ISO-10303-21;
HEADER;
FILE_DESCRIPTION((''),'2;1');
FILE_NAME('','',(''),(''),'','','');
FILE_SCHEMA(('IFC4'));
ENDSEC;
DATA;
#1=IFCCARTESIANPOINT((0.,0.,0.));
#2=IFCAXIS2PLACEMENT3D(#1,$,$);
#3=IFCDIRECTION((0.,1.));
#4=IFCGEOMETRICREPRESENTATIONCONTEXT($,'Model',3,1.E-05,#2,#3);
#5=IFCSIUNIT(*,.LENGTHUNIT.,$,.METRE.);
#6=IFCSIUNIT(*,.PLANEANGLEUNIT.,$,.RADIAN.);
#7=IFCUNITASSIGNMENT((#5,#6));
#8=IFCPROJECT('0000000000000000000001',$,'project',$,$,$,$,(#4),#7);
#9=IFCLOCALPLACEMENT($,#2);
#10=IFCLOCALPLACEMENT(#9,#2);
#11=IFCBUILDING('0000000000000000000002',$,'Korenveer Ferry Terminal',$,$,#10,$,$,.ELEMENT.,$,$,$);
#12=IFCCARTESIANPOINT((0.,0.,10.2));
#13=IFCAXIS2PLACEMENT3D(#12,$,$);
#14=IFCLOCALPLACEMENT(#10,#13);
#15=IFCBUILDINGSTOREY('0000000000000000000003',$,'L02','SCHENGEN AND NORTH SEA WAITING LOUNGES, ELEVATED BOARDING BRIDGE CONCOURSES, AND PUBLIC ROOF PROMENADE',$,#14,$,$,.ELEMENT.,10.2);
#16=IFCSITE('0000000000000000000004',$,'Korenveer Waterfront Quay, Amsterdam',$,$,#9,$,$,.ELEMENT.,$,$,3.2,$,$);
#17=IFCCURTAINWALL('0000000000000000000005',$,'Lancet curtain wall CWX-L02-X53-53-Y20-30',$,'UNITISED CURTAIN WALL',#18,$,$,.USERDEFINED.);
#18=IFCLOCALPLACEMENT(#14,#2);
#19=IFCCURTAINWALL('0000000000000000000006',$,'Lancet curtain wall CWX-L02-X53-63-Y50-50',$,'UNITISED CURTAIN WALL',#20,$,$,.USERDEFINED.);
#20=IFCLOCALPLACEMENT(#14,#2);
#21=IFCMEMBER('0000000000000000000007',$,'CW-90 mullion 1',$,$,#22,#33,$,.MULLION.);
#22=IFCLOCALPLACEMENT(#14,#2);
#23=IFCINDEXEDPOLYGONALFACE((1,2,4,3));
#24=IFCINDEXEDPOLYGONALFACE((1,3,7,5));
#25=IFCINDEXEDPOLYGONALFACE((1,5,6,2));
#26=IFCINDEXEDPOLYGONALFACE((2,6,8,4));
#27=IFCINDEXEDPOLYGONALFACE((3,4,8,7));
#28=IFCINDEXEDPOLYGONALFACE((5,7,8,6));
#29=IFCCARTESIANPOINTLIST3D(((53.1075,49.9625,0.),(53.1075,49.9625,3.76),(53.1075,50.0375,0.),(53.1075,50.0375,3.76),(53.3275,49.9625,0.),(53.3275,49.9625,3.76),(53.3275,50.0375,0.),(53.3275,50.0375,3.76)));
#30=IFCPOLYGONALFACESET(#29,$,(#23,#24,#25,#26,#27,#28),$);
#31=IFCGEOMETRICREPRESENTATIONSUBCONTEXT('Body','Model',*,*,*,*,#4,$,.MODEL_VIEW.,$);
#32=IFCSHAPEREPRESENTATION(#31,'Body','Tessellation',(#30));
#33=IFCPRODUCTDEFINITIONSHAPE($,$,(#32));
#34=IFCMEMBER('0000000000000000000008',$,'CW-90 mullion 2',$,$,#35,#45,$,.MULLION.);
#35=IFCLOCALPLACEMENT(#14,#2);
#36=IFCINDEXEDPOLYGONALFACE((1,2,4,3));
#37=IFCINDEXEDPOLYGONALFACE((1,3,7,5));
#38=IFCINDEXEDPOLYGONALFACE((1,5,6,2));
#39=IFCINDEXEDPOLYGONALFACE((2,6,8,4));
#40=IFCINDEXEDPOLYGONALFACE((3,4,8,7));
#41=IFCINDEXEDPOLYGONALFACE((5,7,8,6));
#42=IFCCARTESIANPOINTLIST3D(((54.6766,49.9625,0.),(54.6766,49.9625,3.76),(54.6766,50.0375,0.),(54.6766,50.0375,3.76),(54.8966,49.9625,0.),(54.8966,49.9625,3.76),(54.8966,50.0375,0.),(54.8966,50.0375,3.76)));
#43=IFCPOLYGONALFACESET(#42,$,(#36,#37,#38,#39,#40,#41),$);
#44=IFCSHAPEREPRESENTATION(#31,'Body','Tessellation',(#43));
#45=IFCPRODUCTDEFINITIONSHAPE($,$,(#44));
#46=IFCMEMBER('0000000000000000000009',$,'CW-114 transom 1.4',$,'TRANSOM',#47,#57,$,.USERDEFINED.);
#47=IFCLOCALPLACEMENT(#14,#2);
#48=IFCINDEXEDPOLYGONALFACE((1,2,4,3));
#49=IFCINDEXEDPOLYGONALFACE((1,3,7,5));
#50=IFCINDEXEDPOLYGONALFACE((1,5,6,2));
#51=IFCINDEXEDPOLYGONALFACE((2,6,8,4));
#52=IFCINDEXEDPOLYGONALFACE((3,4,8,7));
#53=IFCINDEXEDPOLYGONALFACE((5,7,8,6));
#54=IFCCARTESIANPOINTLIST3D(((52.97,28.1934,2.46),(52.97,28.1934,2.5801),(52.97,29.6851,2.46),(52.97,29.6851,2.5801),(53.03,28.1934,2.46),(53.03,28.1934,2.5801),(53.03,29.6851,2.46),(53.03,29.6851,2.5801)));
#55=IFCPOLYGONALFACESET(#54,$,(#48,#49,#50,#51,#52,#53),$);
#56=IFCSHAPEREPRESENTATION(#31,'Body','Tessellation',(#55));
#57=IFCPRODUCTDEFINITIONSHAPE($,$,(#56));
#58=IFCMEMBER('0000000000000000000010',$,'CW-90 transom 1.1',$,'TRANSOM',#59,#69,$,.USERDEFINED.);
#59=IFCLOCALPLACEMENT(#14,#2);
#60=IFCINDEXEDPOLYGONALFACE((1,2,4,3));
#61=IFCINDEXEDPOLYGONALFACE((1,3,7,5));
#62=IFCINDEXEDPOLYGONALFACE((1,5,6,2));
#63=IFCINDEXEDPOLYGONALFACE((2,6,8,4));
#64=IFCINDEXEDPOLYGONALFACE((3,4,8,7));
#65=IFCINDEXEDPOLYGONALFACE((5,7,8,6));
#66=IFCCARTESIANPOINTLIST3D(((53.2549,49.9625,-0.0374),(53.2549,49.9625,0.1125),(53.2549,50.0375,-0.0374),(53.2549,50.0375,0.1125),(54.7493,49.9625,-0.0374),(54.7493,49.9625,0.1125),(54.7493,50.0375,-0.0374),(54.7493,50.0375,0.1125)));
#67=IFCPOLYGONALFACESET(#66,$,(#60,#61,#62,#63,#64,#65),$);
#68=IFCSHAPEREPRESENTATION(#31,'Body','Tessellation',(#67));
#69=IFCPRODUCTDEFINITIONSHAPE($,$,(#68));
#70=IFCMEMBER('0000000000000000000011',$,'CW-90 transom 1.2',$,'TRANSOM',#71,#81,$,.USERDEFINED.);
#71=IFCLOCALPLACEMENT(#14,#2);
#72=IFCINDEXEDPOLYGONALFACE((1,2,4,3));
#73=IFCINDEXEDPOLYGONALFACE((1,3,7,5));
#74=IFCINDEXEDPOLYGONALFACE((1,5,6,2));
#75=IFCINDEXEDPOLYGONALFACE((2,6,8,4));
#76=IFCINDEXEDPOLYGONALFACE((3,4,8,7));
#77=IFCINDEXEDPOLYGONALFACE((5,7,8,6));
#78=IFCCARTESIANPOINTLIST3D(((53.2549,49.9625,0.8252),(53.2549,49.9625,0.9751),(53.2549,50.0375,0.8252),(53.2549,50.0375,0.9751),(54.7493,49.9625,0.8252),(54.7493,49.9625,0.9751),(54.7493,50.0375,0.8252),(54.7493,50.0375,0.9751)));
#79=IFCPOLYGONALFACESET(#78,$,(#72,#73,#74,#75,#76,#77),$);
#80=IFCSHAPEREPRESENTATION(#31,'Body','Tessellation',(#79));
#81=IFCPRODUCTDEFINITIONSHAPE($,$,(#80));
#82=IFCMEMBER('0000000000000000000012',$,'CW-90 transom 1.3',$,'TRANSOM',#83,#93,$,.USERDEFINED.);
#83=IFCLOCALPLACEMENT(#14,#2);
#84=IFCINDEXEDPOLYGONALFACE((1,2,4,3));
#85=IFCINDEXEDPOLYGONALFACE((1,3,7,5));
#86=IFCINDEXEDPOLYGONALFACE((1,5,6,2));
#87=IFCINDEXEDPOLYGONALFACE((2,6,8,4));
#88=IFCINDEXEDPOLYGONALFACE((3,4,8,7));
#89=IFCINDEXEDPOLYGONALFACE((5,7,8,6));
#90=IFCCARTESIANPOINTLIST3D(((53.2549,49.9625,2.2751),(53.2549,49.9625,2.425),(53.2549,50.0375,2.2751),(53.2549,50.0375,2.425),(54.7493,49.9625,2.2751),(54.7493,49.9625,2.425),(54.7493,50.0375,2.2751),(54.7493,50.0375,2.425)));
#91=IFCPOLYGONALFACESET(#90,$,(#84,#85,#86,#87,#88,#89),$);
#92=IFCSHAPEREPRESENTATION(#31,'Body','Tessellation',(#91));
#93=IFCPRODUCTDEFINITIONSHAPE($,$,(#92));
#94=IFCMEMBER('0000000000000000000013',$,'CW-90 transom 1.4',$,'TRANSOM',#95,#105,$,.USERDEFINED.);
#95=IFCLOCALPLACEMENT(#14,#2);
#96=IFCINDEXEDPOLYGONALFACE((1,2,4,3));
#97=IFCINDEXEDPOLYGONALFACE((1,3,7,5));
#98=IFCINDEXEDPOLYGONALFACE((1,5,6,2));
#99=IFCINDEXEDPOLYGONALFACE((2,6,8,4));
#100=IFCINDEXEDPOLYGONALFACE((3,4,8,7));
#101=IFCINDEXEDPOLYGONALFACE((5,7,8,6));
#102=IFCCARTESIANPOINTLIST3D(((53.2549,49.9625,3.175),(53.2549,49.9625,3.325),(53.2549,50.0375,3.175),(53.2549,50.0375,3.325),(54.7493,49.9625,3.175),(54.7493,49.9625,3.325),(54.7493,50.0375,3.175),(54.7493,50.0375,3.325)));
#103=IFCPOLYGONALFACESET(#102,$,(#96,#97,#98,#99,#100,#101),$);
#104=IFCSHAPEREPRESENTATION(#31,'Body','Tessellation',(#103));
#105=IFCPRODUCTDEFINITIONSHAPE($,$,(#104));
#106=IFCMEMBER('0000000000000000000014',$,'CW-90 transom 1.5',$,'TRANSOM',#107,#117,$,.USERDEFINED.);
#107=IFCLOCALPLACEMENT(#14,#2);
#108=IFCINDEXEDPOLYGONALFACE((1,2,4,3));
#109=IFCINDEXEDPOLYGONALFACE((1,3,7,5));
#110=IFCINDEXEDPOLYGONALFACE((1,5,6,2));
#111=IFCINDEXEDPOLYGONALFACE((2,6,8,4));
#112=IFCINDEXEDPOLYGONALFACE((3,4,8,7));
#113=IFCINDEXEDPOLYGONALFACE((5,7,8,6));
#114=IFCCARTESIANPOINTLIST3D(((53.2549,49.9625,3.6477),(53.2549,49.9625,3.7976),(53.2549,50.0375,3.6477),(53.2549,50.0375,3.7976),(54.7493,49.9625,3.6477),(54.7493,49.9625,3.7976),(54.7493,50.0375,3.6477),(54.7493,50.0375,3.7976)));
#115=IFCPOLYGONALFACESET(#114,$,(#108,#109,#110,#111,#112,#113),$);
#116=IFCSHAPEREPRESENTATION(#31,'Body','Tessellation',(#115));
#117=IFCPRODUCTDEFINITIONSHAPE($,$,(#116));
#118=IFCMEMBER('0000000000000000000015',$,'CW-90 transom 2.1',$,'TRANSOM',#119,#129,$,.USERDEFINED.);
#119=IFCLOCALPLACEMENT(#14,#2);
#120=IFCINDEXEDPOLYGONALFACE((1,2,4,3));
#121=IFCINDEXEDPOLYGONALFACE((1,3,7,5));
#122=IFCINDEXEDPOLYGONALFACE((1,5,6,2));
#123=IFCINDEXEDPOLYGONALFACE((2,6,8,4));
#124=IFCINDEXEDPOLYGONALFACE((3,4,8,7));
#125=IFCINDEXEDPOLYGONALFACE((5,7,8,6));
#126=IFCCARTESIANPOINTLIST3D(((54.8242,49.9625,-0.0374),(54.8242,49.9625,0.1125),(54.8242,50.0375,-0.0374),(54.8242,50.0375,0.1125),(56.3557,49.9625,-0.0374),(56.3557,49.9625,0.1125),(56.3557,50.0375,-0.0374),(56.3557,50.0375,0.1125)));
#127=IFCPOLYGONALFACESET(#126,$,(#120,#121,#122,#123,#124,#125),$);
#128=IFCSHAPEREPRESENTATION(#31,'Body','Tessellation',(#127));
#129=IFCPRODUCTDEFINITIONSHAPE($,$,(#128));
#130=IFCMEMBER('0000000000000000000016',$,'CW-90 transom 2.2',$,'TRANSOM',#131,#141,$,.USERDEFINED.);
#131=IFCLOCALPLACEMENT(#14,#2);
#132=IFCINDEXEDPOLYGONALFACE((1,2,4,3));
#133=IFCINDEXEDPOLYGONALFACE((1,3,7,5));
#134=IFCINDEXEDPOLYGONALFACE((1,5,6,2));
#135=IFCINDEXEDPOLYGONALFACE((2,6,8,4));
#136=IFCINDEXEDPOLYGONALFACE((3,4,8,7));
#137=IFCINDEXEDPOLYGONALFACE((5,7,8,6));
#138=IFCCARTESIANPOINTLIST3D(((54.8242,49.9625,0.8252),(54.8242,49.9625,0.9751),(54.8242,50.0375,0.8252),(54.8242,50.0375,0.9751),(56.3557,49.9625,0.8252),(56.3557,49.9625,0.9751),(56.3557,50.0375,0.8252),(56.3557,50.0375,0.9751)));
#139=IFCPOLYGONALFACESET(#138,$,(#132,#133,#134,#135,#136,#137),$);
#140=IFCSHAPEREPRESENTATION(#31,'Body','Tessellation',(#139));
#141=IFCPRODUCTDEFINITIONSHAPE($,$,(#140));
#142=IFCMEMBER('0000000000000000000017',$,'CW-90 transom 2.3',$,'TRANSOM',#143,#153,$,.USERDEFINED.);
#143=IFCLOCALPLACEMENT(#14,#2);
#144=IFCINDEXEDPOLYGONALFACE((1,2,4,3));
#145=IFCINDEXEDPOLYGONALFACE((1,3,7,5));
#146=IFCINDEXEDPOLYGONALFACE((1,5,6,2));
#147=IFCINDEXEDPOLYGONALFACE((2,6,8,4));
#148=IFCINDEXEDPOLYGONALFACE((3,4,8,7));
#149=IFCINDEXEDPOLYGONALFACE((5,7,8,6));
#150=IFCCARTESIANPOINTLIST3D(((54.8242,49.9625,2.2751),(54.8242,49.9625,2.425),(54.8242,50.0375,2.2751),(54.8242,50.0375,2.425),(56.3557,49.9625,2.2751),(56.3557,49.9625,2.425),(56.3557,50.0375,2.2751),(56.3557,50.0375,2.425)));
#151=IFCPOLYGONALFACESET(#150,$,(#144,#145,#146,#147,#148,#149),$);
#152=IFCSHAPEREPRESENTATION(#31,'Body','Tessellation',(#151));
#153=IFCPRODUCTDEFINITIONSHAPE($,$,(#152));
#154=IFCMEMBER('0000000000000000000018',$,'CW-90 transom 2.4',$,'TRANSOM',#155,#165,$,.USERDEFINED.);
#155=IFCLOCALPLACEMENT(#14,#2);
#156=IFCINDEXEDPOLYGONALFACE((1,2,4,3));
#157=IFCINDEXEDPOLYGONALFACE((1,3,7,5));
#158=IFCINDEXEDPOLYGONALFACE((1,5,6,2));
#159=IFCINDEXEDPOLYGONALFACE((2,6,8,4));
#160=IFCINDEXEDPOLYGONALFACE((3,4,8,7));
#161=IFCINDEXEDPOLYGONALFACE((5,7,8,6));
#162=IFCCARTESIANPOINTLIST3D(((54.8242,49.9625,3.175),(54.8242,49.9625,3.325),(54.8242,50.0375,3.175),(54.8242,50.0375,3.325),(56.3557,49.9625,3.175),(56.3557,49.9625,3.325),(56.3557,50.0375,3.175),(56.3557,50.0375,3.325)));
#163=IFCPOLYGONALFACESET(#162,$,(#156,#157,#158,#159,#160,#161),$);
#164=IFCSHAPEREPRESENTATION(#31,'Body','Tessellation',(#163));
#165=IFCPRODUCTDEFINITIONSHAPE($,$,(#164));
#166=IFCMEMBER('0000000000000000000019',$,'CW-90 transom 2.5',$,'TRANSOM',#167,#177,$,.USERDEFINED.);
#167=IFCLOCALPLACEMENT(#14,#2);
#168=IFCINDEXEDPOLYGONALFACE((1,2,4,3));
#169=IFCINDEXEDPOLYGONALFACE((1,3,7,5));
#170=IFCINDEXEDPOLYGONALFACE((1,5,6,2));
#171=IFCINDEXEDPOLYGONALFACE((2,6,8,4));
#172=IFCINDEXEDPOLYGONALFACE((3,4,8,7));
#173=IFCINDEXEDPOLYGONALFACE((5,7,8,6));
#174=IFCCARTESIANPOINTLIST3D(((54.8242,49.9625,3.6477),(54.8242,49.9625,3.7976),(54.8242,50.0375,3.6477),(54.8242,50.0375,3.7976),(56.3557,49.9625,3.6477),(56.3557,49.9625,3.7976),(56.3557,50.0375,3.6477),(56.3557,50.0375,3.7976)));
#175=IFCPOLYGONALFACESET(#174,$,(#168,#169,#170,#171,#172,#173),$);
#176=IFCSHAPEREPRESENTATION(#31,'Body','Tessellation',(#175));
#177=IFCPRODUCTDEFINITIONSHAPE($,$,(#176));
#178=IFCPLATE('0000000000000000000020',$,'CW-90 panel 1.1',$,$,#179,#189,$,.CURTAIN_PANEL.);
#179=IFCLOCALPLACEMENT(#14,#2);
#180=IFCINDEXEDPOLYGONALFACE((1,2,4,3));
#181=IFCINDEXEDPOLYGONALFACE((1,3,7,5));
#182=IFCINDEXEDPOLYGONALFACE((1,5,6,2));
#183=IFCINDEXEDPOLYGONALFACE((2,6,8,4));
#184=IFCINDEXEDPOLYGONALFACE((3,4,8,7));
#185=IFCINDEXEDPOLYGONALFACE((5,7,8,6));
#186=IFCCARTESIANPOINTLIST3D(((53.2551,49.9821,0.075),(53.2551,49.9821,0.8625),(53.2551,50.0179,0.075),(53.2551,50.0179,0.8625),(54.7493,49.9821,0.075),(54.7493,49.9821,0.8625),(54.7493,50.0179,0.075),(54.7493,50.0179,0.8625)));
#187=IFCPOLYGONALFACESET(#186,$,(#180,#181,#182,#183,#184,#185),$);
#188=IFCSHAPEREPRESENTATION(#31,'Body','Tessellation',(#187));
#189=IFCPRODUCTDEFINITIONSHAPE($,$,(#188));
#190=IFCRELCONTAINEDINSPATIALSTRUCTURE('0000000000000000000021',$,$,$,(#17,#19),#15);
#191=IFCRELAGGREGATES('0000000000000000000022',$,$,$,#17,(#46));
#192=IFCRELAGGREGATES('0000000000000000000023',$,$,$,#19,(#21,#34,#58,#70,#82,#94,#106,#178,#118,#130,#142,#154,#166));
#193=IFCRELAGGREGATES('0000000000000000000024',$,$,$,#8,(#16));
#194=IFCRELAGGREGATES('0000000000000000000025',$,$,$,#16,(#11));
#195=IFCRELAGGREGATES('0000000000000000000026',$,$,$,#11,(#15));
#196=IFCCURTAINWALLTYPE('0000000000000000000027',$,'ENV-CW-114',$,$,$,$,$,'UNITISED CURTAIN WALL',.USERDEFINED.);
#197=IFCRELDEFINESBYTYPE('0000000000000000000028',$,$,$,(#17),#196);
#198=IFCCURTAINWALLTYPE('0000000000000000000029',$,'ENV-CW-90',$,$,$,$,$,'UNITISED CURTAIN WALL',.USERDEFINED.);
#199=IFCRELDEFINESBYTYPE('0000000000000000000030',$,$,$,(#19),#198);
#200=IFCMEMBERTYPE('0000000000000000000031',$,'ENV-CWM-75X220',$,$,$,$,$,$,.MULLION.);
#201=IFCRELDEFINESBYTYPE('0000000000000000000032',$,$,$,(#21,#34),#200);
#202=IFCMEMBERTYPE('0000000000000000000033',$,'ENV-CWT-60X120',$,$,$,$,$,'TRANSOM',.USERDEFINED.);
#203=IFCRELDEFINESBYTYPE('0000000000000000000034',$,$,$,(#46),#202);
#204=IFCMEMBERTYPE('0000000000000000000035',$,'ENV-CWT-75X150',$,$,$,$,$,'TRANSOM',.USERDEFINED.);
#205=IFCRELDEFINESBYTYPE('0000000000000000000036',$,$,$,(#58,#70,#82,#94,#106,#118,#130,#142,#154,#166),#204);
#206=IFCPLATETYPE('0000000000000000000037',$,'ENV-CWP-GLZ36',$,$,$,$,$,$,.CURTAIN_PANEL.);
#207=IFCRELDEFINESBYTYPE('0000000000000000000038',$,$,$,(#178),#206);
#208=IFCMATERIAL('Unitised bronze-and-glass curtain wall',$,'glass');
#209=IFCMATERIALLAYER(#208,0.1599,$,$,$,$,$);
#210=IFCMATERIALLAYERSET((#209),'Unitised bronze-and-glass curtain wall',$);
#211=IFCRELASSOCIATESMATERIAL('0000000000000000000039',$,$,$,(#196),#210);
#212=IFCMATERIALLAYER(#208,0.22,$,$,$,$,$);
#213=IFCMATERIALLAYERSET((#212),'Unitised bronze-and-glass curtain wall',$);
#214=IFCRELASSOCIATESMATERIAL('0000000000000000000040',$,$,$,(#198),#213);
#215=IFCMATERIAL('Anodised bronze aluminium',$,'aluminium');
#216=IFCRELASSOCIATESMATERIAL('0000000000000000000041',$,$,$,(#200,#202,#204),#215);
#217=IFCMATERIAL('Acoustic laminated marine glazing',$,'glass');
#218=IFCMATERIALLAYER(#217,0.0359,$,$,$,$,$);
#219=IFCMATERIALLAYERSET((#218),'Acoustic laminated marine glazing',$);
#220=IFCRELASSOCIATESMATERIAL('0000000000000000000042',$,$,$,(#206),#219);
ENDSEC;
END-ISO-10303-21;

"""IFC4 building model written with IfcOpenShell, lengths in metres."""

from ifc_helpers import new_model, si_unit, direction, frame, origin, origin_2d, place, context, subcontext, project, spatial, rectangle, extrude, material, layer, layer_set, material_profile, profile_set, type_object, element, aggregate, save


model = new_model("IFC4")

# Units and contexts
model_context = context("Model", 3, precision=1e-05, world=origin(), true_north=direction((0.0, 1.0)))
body_context = subcontext(model_context, "Body", "Model", "MODEL_VIEW")
ifc_project = project(units=[si_unit("LENGTHUNIT", "METRE"), si_unit("PLANEANGLEUNIT", "RADIAN")], contexts=[model_context])

# Site, building, storey
site_placement = place(None, origin())
site = spatial("IfcSite", under=ifc_project, at=site_placement, Name="Korenveer Waterfront Quay, Amsterdam", CompositionType="ELEMENT", RefElevation=3.2)
building_placement = place(site_placement, origin())
building = spatial("IfcBuilding", under=site, at=building_placement, Name="Korenveer Ferry Terminal", CompositionType="ELEMENT")
storey_placement = place(building_placement, frame((0.0, 0.0, 10.2)))
storey = spatial("IfcBuildingStorey", under=building, at=storey_placement, Name="L02", Description="SCHENGEN AND NORTH SEA WAITING LOUNGES, ELEVATED BOARDING BRIDGE CONCOURSES, AND PUBLIC ROOF PROMENADE", CompositionType="ELEMENT", Elevation=10.2)

# Curtain wall
ifc_material_1 = material(Name="Unitised bronze-and-glass curtain wall", Category="glass")
ifc_layer_1 = layer(ifc_material_1, 0.1599)
ifc_layer_set_1 = layer_set([ifc_layer_1], Name="Unitised bronze-and-glass curtain wall")
curtain_wall_type_1 = type_object("IfcCurtainWallType", Name="ENV-CW-114", ElementType="UNITISED CURTAIN WALL", PredefinedType="USERDEFINED", material=ifc_layer_set_1)
curtain_wall_1_placement = place(storey_placement, frame((53.0, 29.7451, 0.0)))
curtain_wall_1 = element("IfcCurtainWall", 1, at=curtain_wall_1_placement, inside=storey, type_object=curtain_wall_type_1, Name="Lancet curtain wall CWX-L02-X53-53-Y20-30", ObjectType="UNITISED CURTAIN WALL", PredefinedType="USERDEFINED")
ifc_material_2 = material(Name="Anodised bronze aluminium", Category="aluminium")

# Curtain wall, members
ifc_layer_2 = layer(ifc_material_1, 0.22)
ifc_layer_set_2 = layer_set([ifc_layer_2], Name="Unitised bronze-and-glass curtain wall")
curtain_wall_type_2 = type_object("IfcCurtainWallType", Name="ENV-CW-90", ElementType="UNITISED CURTAIN WALL", PredefinedType="USERDEFINED", material=ifc_layer_set_2)
curtain_wall_2_placement = place(storey_placement, frame((53.1799, 50.0, 0.0)))
curtain_wall_2 = element("IfcCurtainWall", 2, at=curtain_wall_2_placement, inside=storey, type_object=curtain_wall_type_2, Name="Lancet curtain wall CWX-L02-X53-63-Y50-50", ObjectType="UNITISED CURTAIN WALL", PredefinedType="USERDEFINED")
ifc_material_profile_1 = material_profile(ifc_material_2, rectangle(XDim=0.075, YDim=0.22, at=origin_2d()), Name="ALU 75x220")
ifc_profile_set_1 = profile_set([ifc_material_profile_1], Name="Anodised bronze aluminium")
member_type_1 = type_object("IfcMemberType", Name="ENV-CWM-75X220", PredefinedType="MULLION", material=ifc_profile_set_1)
member_1_placement = place(storey_placement, frame((53.2175, 50.0, 0.0), z_axis=(0.0, 0.0, 1.0), x_axis=(0.0, 1.0, 0.0)))
member_1 = element("IfcMember", 3, at=member_1_placement, type_object=member_type_1, Name="CW-90 mullion 1", PredefinedType="MULLION", context=body_context, shape_type="SweptSolid", body=[
    extrude(rectangle(XDim=0.075, YDim=0.22, at=origin_2d()), origin(), (0.0, 0.0, 1.0), 3.76),
])
member_2_placement = place(storey_placement, frame((54.7866, 50.0, 0.0), z_axis=(0.0, 0.0, 1.0), x_axis=(0.0, 1.0, 0.0)))
member_2 = element("IfcMember", 4, at=member_2_placement, type_object=member_type_1, Name="CW-90 mullion 2", PredefinedType="MULLION", context=body_context, shape_type="SweptSolid", body=[
    extrude(rectangle(XDim=0.075, YDim=0.22, at=origin_2d()), origin(), (0.0, 0.0, 1.0), 3.76),
])

# Members
ifc_material_profile_2 = material_profile(ifc_material_2, rectangle(XDim=0.0601, YDim=0.1201, at=origin_2d()), Name="ALU 60x120")
ifc_profile_set_2 = profile_set([ifc_material_profile_2], Name="Anodised bronze aluminium")
member_type_2 = type_object("IfcMemberType", Name="ENV-CWT-60X120", ElementType="TRANSOM", PredefinedType="USERDEFINED", material=ifc_profile_set_2)
member_3_placement = place(storey_placement, frame((53.0, 29.6851, 2.52), z_axis=(0.0, -1.0, 0.0), x_axis=(1.0, 0.0, 0.0)))
member_3 = element("IfcMember", 5, at=member_3_placement, type_object=member_type_2, Name="CW-114 transom 1.4", ObjectType="TRANSOM", PredefinedType="USERDEFINED", context=body_context, shape_type="SweptSolid", body=[
    extrude(rectangle(XDim=0.0601, YDim=0.1201, at=origin_2d()), origin(), (0.0, 0.0, 1.0), 1.4917),
])
aggregate(curtain_wall_1, [member_3])
ifc_material_profile_3 = material_profile(ifc_material_2, rectangle(XDim=0.075, YDim=0.1499, at=origin_2d()), Name="ALU 75x150")
ifc_profile_set_3 = profile_set([ifc_material_profile_3], Name="Anodised bronze aluminium")
member_type_3 = type_object("IfcMemberType", Name="ENV-CWT-75X150", ElementType="TRANSOM", PredefinedType="USERDEFINED", material=ifc_profile_set_3)
member_4_placement = place(storey_placement, frame((53.2549, 50.0, 0.0376), z_axis=(1.0, 0.0, 0.0), x_axis=(0.0, 1.0, 0.0)))
member_4 = element("IfcMember", 6, at=member_4_placement, type_object=member_type_3, Name="CW-90 transom 1.1", ObjectType="TRANSOM", PredefinedType="USERDEFINED", context=body_context, shape_type="SweptSolid", body=[
    extrude(rectangle(XDim=0.075, YDim=0.1499, at=origin_2d()), origin(), (0.0, 0.0, 1.0), 1.4944),
])
member_5_placement = place(storey_placement, frame((53.2549, 50.0, 0.9001), z_axis=(1.0, 0.0, 0.0), x_axis=(0.0, 1.0, 0.0)))
member_5 = element("IfcMember", 7, at=member_5_placement, type_object=member_type_3, Name="CW-90 transom 1.2", ObjectType="TRANSOM", PredefinedType="USERDEFINED", context=body_context, shape_type="SweptSolid", body=[
    extrude(rectangle(XDim=0.075, YDim=0.1499, at=origin_2d()), origin(), (0.0, 0.0, 1.0), 1.4944),
])
member_6_placement = place(storey_placement, frame((53.2549, 50.0, 2.3501), z_axis=(1.0, 0.0, 0.0), x_axis=(0.0, 1.0, 0.0)))
member_6 = element("IfcMember", 8, at=member_6_placement, type_object=member_type_3, Name="CW-90 transom 1.3", ObjectType="TRANSOM", PredefinedType="USERDEFINED", context=body_context, shape_type="SweptSolid", body=[
    extrude(rectangle(XDim=0.075, YDim=0.1499, at=origin_2d()), origin(), (0.0, 0.0, 1.0), 1.4944),
])
member_7_placement = place(storey_placement, frame((53.2549, 50.0, 3.25), z_axis=(1.0, 0.0, 0.0), x_axis=(0.0, 1.0, 0.0)))
member_7 = element("IfcMember", 9, at=member_7_placement, type_object=member_type_3, Name="CW-90 transom 1.4", ObjectType="TRANSOM", PredefinedType="USERDEFINED", context=body_context, shape_type="SweptSolid", body=[
    extrude(rectangle(XDim=0.075, YDim=0.1499, at=origin_2d()), origin(), (0.0, 0.0, 1.0), 1.4944),
])
member_8_placement = place(storey_placement, frame((53.2549, 50.0, 3.7227), z_axis=(1.0, 0.0, 0.0), x_axis=(0.0, 1.0, 0.0)))
member_8 = element("IfcMember", 10, at=member_8_placement, type_object=member_type_3, Name="CW-90 transom 1.5", ObjectType="TRANSOM", PredefinedType="USERDEFINED", context=body_context, shape_type="SweptSolid", body=[
    extrude(rectangle(XDim=0.075, YDim=0.1499, at=origin_2d()), origin(), (0.0, 0.0, 1.0), 1.4944),
])
member_9_placement = place(storey_placement, frame((54.8242, 50.0, 0.0376), z_axis=(1.0, 0.0, 0.0), x_axis=(0.0, 1.0, 0.0)))
member_9 = element("IfcMember", 11, at=member_9_placement, type_object=member_type_3, Name="CW-90 transom 2.1", ObjectType="TRANSOM", PredefinedType="USERDEFINED", context=body_context, shape_type="SweptSolid", body=[
    extrude(rectangle(XDim=0.075, YDim=0.1499, at=origin_2d()), origin(), (0.0, 0.0, 1.0), 1.5315),
])
member_10_placement = place(storey_placement, frame((54.8242, 50.0, 0.9001), z_axis=(1.0, 0.0, 0.0), x_axis=(0.0, 1.0, 0.0)))
member_10 = element("IfcMember", 12, at=member_10_placement, type_object=member_type_3, Name="CW-90 transom 2.2", ObjectType="TRANSOM", PredefinedType="USERDEFINED", context=body_context, shape_type="SweptSolid", body=[
    extrude(rectangle(XDim=0.075, YDim=0.1499, at=origin_2d()), origin(), (0.0, 0.0, 1.0), 1.5315),
])
member_11_placement = place(storey_placement, frame((54.8242, 50.0, 2.3501), z_axis=(1.0, 0.0, 0.0), x_axis=(0.0, 1.0, 0.0)))
member_11 = element("IfcMember", 13, at=member_11_placement, type_object=member_type_3, Name="CW-90 transom 2.3", ObjectType="TRANSOM", PredefinedType="USERDEFINED", context=body_context, shape_type="SweptSolid", body=[
    extrude(rectangle(XDim=0.075, YDim=0.1499, at=origin_2d()), origin(), (0.0, 0.0, 1.0), 1.5315),
])
member_12_placement = place(storey_placement, frame((54.8242, 50.0, 3.25), z_axis=(1.0, 0.0, 0.0), x_axis=(0.0, 1.0, 0.0)))
member_12 = element("IfcMember", 14, at=member_12_placement, type_object=member_type_3, Name="CW-90 transom 2.4", ObjectType="TRANSOM", PredefinedType="USERDEFINED", context=body_context, shape_type="SweptSolid", body=[
    extrude(rectangle(XDim=0.075, YDim=0.1499, at=origin_2d()), origin(), (0.0, 0.0, 1.0), 1.5315),
])
member_13_placement = place(storey_placement, frame((54.8242, 50.0, 3.7227), z_axis=(1.0, 0.0, 0.0), x_axis=(0.0, 1.0, 0.0)))
member_13 = element("IfcMember", 15, at=member_13_placement, type_object=member_type_3, Name="CW-90 transom 2.5", ObjectType="TRANSOM", PredefinedType="USERDEFINED", context=body_context, shape_type="SweptSolid", body=[
    extrude(rectangle(XDim=0.075, YDim=0.1499, at=origin_2d()), origin(), (0.0, 0.0, 1.0), 1.5315),
])

# Plate
ifc_material_3 = material(Name="Acoustic laminated marine glazing", Category="glass")
ifc_layer_3 = layer(ifc_material_3, 0.0359)
ifc_layer_set_3 = layer_set([ifc_layer_3], Name="Acoustic laminated marine glazing")
plate_type_1 = type_object("IfcPlateType", Name="ENV-CWP-GLZ36", PredefinedType="CURTAIN_PANEL", material=ifc_layer_set_3)
plate_1_placement = place(storey_placement, frame((54.0022, 50.0, 0.075), z_axis=(0.0, 0.0, 1.0), x_axis=(1.0, 0.0, 0.0)))
plate_1 = element("IfcPlate", 16, at=plate_1_placement, type_object=plate_type_1, Name="CW-90 panel 1.1", PredefinedType="CURTAIN_PANEL", context=body_context, shape_type="SweptSolid", body=[
    extrude(rectangle(XDim=1.4941, YDim=0.0359, at=origin_2d()), origin(), (0.0, 0.0, 1.0), 0.7876),
])
aggregate(curtain_wall_2, [member_1, member_2, member_4, member_5, member_6, member_7, member_8, plate_1, member_9, member_10, member_11, member_12, member_13])

save(model, "model.ifc")
